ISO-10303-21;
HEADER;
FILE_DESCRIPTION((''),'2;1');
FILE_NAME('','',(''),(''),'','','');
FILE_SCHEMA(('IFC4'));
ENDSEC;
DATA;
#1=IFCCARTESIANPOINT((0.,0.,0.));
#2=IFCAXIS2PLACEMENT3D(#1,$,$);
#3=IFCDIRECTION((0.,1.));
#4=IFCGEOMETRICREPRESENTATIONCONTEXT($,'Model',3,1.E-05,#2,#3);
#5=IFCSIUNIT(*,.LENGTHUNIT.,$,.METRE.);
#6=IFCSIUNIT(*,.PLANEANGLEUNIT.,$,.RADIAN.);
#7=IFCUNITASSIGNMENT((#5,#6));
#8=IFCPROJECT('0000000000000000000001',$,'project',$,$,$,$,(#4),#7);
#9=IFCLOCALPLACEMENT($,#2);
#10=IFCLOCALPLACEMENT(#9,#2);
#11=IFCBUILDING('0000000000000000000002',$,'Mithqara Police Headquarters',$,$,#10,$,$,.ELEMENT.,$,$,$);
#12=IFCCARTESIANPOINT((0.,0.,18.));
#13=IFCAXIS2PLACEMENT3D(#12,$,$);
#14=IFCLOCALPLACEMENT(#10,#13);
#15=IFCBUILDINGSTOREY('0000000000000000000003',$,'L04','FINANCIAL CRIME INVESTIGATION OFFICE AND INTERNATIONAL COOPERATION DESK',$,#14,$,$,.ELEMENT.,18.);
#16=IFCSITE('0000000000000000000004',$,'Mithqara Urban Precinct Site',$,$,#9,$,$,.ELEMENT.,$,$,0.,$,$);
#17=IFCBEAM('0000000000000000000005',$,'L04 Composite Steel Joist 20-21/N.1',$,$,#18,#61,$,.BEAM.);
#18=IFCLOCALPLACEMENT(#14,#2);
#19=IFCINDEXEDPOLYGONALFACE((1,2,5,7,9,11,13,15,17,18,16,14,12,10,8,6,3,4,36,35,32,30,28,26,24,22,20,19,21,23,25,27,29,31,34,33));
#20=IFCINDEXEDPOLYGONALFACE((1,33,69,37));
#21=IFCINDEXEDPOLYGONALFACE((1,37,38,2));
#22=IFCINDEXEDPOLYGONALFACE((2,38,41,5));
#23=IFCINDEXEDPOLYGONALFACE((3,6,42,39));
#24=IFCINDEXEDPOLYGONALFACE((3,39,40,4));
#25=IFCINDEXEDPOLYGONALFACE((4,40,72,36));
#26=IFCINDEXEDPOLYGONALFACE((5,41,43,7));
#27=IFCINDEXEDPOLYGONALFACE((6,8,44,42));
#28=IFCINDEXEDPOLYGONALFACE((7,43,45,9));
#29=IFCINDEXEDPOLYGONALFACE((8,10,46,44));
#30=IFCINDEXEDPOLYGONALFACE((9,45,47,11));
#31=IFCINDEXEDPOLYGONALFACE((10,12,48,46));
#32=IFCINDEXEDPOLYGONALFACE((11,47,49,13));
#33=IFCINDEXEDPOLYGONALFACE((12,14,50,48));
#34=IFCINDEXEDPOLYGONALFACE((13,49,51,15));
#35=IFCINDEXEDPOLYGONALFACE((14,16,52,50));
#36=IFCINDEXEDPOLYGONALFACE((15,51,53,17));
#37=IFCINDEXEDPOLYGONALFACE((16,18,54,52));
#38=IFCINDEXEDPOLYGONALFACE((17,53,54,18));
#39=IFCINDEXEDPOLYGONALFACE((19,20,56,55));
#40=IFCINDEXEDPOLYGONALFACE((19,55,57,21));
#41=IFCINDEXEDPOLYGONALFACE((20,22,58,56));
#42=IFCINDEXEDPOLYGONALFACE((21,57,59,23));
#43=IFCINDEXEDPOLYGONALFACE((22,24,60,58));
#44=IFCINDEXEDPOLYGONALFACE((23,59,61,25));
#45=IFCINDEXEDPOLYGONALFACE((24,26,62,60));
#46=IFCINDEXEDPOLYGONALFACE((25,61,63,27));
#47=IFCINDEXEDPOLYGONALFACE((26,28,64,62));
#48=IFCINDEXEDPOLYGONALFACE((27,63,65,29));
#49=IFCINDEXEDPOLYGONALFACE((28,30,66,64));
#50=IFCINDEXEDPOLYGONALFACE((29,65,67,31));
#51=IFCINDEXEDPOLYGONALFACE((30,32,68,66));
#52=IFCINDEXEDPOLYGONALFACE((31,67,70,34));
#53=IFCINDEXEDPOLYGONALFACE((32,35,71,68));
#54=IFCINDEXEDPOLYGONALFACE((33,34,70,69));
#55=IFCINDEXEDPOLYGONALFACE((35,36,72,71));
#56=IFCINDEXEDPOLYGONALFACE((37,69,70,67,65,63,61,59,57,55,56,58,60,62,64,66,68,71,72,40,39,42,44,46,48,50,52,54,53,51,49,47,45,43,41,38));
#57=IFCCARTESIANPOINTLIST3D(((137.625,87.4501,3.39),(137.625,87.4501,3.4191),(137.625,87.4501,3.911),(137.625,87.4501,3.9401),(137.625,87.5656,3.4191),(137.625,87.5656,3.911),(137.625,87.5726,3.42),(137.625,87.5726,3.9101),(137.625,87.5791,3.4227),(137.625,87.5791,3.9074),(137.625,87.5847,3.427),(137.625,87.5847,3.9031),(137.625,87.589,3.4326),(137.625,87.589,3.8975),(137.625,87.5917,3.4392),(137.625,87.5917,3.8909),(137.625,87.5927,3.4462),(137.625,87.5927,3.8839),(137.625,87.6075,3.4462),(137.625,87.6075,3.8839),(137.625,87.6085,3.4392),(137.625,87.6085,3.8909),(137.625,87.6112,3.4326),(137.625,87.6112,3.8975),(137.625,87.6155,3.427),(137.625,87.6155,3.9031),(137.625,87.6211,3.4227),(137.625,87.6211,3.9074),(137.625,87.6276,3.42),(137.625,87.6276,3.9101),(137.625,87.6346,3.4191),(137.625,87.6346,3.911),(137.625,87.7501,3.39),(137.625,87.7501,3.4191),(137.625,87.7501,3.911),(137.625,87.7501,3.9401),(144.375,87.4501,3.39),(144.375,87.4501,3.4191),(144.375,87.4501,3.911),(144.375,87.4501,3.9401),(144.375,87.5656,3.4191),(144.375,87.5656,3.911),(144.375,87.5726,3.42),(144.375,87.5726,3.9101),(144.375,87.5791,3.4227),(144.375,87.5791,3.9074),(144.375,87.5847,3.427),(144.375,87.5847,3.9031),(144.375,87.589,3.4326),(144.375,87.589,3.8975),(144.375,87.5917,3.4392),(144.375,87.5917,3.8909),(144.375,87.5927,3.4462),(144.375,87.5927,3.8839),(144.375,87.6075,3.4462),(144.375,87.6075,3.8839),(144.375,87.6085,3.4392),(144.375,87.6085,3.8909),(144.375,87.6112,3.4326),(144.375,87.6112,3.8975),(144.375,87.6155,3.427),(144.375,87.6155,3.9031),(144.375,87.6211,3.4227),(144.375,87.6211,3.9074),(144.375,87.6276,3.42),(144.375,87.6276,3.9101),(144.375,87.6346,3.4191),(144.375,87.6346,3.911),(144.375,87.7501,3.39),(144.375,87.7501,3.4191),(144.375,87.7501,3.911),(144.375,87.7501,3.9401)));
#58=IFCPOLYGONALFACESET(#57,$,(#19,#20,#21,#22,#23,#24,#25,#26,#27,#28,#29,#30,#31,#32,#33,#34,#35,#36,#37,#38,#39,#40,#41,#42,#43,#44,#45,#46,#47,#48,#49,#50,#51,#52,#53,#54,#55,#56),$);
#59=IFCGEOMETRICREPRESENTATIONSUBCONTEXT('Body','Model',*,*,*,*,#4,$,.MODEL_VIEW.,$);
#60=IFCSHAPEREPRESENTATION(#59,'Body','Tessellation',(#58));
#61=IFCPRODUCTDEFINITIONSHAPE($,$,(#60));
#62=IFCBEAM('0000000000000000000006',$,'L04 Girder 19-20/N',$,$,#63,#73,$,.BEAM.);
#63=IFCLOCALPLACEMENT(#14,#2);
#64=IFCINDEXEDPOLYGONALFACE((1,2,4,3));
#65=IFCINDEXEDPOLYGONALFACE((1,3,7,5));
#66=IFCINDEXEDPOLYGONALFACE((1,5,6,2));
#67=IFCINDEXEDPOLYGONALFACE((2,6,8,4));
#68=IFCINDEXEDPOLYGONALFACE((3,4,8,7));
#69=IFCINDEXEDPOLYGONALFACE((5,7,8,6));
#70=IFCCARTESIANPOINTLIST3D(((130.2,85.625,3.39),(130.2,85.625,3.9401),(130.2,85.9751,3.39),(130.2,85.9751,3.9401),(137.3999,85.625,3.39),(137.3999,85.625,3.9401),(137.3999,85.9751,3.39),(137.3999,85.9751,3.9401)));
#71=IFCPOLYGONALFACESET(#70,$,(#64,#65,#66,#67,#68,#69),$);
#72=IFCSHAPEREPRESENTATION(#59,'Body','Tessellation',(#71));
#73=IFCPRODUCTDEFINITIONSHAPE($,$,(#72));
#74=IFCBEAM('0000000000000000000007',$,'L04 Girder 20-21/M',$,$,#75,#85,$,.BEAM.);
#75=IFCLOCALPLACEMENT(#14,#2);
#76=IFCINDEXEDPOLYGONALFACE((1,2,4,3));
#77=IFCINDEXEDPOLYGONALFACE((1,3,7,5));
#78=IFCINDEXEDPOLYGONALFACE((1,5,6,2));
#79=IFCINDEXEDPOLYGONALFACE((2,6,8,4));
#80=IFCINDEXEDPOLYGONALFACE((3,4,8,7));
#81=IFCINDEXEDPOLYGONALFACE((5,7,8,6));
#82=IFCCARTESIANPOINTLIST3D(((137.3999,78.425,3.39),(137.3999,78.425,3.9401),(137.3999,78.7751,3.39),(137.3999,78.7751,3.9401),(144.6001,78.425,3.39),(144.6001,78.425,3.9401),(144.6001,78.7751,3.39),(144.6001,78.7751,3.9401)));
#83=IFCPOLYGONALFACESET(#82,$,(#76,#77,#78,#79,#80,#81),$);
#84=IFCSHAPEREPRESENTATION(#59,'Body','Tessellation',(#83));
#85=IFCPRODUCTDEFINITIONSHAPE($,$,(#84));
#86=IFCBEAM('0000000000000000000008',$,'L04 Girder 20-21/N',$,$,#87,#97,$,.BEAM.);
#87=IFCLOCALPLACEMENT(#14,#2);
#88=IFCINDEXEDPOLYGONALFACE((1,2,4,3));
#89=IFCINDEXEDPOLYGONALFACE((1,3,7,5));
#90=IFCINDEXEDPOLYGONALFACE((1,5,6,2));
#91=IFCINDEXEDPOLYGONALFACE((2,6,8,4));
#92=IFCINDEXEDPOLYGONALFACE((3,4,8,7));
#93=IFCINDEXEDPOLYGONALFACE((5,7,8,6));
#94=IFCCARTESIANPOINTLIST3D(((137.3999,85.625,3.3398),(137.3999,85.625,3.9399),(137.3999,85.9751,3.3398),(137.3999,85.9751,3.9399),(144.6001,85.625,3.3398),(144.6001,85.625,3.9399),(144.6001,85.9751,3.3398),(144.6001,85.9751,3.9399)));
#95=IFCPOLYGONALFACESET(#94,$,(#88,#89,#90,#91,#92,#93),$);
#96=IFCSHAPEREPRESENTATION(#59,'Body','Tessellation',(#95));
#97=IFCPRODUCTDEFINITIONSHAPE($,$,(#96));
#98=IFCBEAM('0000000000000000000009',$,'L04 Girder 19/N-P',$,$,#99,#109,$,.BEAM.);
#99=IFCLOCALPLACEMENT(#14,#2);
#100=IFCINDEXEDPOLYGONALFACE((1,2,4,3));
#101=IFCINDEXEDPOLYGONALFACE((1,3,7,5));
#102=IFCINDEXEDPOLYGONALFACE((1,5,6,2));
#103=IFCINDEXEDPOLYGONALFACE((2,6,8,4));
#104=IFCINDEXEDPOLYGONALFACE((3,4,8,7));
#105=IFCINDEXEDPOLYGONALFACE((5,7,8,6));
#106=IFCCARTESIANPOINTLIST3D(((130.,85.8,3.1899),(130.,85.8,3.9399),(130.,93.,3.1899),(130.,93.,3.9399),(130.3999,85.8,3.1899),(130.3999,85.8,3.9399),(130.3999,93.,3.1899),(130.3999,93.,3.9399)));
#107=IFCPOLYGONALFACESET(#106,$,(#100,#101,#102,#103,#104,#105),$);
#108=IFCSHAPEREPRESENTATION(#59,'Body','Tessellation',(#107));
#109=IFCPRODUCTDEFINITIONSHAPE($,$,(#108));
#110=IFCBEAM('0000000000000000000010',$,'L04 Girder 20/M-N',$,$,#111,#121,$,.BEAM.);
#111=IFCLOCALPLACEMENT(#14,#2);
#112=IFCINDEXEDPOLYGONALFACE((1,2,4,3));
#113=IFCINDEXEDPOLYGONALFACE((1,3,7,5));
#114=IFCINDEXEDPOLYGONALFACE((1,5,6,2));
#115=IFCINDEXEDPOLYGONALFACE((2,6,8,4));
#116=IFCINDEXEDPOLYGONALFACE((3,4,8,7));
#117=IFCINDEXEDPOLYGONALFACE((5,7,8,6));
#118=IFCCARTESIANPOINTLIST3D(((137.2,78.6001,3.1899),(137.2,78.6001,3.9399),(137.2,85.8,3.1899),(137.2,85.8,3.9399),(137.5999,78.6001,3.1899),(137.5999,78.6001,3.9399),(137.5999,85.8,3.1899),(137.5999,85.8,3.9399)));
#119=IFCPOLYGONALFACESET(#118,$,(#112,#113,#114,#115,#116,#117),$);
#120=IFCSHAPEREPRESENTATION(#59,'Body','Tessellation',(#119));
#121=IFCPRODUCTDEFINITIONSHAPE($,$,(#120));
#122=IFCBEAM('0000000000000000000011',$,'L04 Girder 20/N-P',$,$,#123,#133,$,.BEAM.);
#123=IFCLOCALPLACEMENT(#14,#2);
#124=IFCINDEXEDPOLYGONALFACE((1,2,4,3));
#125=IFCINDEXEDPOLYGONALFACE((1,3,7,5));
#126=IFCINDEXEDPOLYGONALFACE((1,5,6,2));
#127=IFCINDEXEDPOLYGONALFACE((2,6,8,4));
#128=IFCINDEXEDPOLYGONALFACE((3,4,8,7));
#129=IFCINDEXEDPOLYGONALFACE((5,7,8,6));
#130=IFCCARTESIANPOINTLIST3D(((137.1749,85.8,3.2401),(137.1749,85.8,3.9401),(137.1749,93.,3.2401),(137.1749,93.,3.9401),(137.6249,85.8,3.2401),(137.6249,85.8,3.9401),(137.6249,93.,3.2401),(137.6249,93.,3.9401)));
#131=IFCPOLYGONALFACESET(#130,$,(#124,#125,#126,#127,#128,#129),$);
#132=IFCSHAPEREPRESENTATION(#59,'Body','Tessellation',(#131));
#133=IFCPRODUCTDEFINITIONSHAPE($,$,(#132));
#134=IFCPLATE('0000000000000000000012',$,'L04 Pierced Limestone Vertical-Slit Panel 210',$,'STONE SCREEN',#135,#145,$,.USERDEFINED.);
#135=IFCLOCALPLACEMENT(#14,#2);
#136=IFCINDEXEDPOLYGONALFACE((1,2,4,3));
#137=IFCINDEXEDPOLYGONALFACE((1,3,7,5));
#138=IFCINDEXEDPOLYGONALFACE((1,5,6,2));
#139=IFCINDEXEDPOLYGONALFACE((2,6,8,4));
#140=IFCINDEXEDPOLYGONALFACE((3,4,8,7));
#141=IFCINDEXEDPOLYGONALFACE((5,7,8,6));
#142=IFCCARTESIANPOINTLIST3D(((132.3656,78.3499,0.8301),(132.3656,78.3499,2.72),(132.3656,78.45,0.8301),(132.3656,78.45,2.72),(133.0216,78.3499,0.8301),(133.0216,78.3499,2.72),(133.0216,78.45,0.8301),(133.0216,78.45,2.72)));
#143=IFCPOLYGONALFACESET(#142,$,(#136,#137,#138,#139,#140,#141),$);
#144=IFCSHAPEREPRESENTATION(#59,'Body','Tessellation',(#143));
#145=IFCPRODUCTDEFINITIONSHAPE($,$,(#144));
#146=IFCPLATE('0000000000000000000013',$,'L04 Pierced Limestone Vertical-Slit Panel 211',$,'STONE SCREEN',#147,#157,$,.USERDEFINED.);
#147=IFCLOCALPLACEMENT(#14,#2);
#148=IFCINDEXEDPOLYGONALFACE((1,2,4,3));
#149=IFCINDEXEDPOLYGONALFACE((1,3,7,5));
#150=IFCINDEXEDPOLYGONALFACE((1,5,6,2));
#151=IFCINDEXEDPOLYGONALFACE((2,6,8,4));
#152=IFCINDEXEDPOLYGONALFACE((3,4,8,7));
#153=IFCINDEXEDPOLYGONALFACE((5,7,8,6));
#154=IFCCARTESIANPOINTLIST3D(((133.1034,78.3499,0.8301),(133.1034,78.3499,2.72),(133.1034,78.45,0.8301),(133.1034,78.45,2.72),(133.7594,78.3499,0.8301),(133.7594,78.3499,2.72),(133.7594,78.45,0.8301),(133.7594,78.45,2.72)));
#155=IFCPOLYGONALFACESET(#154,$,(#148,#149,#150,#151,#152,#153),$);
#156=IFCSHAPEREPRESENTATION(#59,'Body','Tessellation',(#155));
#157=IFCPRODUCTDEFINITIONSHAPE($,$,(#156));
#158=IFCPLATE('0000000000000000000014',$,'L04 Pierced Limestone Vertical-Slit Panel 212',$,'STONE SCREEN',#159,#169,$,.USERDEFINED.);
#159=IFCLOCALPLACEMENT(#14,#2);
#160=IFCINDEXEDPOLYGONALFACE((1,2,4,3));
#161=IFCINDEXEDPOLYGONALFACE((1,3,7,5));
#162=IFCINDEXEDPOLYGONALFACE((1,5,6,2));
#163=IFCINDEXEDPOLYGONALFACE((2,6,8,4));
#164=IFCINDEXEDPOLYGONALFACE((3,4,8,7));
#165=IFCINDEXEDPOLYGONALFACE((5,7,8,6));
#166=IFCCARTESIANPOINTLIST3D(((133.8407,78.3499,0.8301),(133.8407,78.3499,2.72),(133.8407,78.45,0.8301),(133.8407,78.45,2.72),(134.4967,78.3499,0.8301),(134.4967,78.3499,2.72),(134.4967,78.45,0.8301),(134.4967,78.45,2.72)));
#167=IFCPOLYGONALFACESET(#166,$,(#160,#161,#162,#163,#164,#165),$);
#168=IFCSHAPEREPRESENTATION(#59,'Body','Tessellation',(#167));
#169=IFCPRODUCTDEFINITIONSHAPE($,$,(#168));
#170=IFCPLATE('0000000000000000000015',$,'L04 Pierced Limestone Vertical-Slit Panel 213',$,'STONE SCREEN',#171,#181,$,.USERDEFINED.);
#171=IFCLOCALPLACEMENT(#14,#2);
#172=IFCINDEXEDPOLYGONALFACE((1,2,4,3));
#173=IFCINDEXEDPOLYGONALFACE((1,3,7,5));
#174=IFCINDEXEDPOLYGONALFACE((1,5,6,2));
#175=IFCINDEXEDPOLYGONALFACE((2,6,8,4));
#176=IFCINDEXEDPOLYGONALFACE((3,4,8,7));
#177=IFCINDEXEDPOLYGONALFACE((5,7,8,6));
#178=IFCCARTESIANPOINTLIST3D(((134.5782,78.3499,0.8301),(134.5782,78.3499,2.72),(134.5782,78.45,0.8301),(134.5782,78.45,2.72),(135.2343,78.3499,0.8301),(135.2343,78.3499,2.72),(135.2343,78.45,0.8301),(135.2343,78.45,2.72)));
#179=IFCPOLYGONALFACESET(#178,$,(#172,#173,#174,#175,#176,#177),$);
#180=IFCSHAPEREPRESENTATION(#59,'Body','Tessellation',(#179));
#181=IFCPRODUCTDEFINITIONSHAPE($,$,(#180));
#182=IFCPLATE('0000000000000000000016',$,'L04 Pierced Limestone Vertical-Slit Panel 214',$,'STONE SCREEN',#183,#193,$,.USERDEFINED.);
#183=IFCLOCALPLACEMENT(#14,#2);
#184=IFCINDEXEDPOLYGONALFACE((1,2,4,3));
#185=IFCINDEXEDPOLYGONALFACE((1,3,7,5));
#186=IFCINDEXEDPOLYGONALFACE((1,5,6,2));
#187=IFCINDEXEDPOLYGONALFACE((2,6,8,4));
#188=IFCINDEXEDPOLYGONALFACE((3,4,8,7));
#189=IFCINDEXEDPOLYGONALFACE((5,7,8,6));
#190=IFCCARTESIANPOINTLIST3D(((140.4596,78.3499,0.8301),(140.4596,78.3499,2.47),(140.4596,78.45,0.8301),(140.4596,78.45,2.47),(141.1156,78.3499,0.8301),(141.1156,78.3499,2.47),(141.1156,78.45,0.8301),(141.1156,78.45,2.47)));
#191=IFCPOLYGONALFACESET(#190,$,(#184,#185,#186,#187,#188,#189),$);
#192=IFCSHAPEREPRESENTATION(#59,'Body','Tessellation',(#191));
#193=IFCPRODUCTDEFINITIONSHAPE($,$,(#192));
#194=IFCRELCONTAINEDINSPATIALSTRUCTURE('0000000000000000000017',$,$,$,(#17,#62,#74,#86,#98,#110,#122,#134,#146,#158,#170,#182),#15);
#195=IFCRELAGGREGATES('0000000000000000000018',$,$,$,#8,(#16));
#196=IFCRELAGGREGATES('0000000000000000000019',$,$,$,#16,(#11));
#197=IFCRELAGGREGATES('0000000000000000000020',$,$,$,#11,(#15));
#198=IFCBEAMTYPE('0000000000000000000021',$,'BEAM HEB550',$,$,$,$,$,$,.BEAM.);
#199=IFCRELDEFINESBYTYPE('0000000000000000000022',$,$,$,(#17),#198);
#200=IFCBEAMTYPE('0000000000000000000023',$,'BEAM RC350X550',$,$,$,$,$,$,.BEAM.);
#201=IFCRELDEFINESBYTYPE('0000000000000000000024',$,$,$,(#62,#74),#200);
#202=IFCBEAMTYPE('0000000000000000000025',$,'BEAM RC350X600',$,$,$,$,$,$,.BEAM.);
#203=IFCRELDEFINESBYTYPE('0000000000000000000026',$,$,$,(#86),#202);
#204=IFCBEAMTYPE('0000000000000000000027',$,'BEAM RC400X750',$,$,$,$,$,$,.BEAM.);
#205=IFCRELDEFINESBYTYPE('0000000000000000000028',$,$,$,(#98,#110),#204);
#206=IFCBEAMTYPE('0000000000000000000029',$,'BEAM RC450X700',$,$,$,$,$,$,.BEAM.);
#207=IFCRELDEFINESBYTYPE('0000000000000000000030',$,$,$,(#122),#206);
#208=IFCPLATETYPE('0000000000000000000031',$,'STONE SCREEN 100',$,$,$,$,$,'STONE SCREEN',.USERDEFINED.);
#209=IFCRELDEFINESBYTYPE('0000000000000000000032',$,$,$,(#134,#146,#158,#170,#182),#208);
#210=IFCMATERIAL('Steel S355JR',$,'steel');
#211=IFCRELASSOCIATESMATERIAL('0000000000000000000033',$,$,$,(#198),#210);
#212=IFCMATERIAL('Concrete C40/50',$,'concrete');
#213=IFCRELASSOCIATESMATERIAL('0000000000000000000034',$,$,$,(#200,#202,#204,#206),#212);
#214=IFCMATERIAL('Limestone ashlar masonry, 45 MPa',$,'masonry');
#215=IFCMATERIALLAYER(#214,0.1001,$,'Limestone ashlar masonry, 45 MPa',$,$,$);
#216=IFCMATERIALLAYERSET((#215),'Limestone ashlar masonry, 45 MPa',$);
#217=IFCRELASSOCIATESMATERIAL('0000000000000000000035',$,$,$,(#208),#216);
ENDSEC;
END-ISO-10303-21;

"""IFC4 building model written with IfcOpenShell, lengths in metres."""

from ifc_helpers import new_model, si_unit, direction, frame, origin, origin_2d, place, context, subcontext, project, spatial, rectangle, i_section, extrude, material, layer, layer_set, material_profile, profile_set, type_object, element, save


model = new_model("IFC4")

# Units and contexts
model_context = context("Model", 3, precision=1e-05, world=origin(), true_north=direction((0.0, 1.0)))
body_context = subcontext(model_context, "Body", "Model", "MODEL_VIEW")
ifc_project = project(units=[si_unit("LENGTHUNIT", "METRE"), si_unit("PLANEANGLEUNIT", "RADIAN")], contexts=[model_context])

# Site, building, storey
site_placement = place(None, origin())
site = spatial("IfcSite", under=ifc_project, at=site_placement, Name="Mithqara Urban Precinct Site", CompositionType="ELEMENT", RefElevation=0.0)
building_placement = place(site_placement, origin())
building = spatial("IfcBuilding", under=site, at=building_placement, Name="Mithqara Police Headquarters", CompositionType="ELEMENT")
storey_placement = place(building_placement, frame((0.0, 0.0, 18.0)))
storey = spatial("IfcBuildingStorey", under=building, at=storey_placement, Name="L04", Description="FINANCIAL CRIME INVESTIGATION OFFICE AND INTERNATIONAL COOPERATION DESK", CompositionType="ELEMENT", Elevation=18.0)

# Beams
ifc_material_1 = material(Name="Steel S355JR", Category="steel")
ifc_material_profile_1 = material_profile(ifc_material_1, i_section(OverallWidth=0.3, OverallDepth=0.55, WebThickness=0.0149, FlangeThickness=0.0291, FilletRadius=0.0271, at=origin_2d()), Name="HEB 550")
ifc_profile_set_1 = profile_set([ifc_material_profile_1], Name="Steel S355JR")
beam_type_1 = type_object("IfcBeamType", Name="BEAM HEB550", PredefinedType="BEAM", material=ifc_profile_set_1)
beam_1_placement = place(storey_placement, frame((137.625, 87.6001, 3.665), z_axis=(1.0, 0.0, 0.0), x_axis=(0.0, 1.0, 0.0)))
element("IfcBeam", 1, at=beam_1_placement, inside=storey, type_object=beam_type_1, Name="L04 Composite Steel Joist 20-21/N.1", PredefinedType="BEAM", context=body_context, shape_type="SweptSolid", body=[
    extrude(i_section(OverallWidth=0.3, OverallDepth=0.55, WebThickness=0.0149, FlangeThickness=0.0291, FilletRadius=0.0271, at=origin_2d()), origin(), (0.0, 0.0, 1.0), 6.75),
])
ifc_material_2 = material(Name="Concrete C40/50", Category="concrete")
ifc_material_profile_2 = material_profile(ifc_material_2, rectangle(XDim=0.3501, YDim=0.55, at=origin_2d()), Name="RC 350x550")
ifc_profile_set_2 = profile_set([ifc_material_profile_2], Name="Concrete C40/50")
beam_type_2 = type_object("IfcBeamType", Name="BEAM RC350X550", PredefinedType="BEAM", material=ifc_profile_set_2)
beam_2_placement = place(storey_placement, frame((130.2, 85.8, 3.665), z_axis=(1.0, 0.0, 0.0), x_axis=(0.0, 1.0, 0.0)))
element("IfcBeam", 2, at=beam_2_placement, inside=storey, type_object=beam_type_2, Name="L04 Girder 19-20/N", PredefinedType="BEAM", context=body_context, shape_type="SweptSolid", body=[
    extrude(rectangle(XDim=0.3501, YDim=0.55, at=origin_2d()), origin(), (0.0, 0.0, 1.0), 7.2),
])
beam_3_placement = place(storey_placement, frame((137.3999, 78.6001, 3.665), z_axis=(1.0, 0.0, 0.0), x_axis=(0.0, 1.0, 0.0)))
element("IfcBeam", 3, at=beam_3_placement, inside=storey, type_object=beam_type_2, Name="L04 Girder 20-21/M", PredefinedType="BEAM", context=body_context, shape_type="SweptSolid", body=[
    extrude(rectangle(XDim=0.3501, YDim=0.55, at=origin_2d()), origin(), (0.0, 0.0, 1.0), 7.2002),
])
ifc_material_profile_3 = material_profile(ifc_material_2, rectangle(XDim=0.3501, YDim=0.6001, at=origin_2d()), Name="RC 350x600")
ifc_profile_set_3 = profile_set([ifc_material_profile_3], Name="Concrete C40/50")
beam_type_3 = type_object("IfcBeamType", Name="BEAM RC350X600", PredefinedType="BEAM", material=ifc_profile_set_3)
beam_4_placement = place(storey_placement, frame((137.3999, 85.8, 3.6399), z_axis=(1.0, 0.0, 0.0), x_axis=(0.0, 1.0, 0.0)))
element("IfcBeam", 4, at=beam_4_placement, inside=storey, type_object=beam_type_3, Name="L04 Girder 20-21/N", PredefinedType="BEAM", context=body_context, shape_type="SweptSolid", body=[
    extrude(rectangle(XDim=0.3501, YDim=0.6001, at=origin_2d()), origin(), (0.0, 0.0, 1.0), 7.2002),
])
ifc_material_profile_4 = material_profile(ifc_material_2, rectangle(XDim=0.3999, YDim=0.75, at=origin_2d()), Name="RC 400x750")
ifc_profile_set_4 = profile_set([ifc_material_profile_4], Name="Concrete C40/50")
beam_type_4 = type_object("IfcBeamType", Name="BEAM RC400X750", PredefinedType="BEAM", material=ifc_profile_set_4)
for number, where, z_axis, x_axis, name in (
    (5, (130.2, 85.8, 3.5649), (0.0, 1.0, 0.0), (-1.0, 0.0, 0.0), "L04 Girder 19/N-P"),
    (6, (137.3999, 78.6001, 3.5649), (0.0, 1.0, 0.0), (-1.0, 0.0, 0.0), "L04 Girder 20/M-N"),
):
    element("IfcBeam", number, at=place(storey_placement, frame(where, z_axis=z_axis, x_axis=x_axis)), inside=storey, type_object=beam_type_4, Name=name, PredefinedType="BEAM", context=body_context, shape_type="SweptSolid", body=[
        extrude(rectangle(XDim=0.3999, YDim=0.75, at=origin_2d()), origin(), (0.0, 0.0, 1.0), 7.2),
    ])
ifc_material_profile_5 = material_profile(ifc_material_2, rectangle(XDim=0.45, YDim=0.7, at=origin_2d()), Name="RC 450x700")
ifc_profile_set_5 = profile_set([ifc_material_profile_5], Name="Concrete C40/50")
beam_type_5 = type_object("IfcBeamType", Name="BEAM RC450X700", PredefinedType="BEAM", material=ifc_profile_set_5)
beam_5_placement = place(storey_placement, frame((137.3999, 85.8, 3.5901), z_axis=(0.0, 1.0, 0.0), x_axis=(-1.0, 0.0, 0.0)))
element("IfcBeam", 7, at=beam_5_placement, inside=storey, type_object=beam_type_5, Name="L04 Girder 20/N-P", PredefinedType="BEAM", context=body_context, shape_type="SweptSolid", body=[
    extrude(rectangle(XDim=0.45, YDim=0.7, at=origin_2d()), origin(), (0.0, 0.0, 1.0), 7.2),
])

# Plates
ifc_material_3 = material(Name="Limestone ashlar masonry, 45 MPa", Category="masonry")
ifc_layer_1 = layer(ifc_material_3, 0.1001, Name="Limestone ashlar masonry, 45 MPa")
ifc_layer_set_1 = layer_set([ifc_layer_1], Name="Limestone ashlar masonry, 45 MPa")
plate_type = type_object("IfcPlateType", Name="STONE SCREEN 100", ElementType="STONE SCREEN", PredefinedType="USERDEFINED", material=ifc_layer_set_1)
for number, where, z_axis, x_axis, name in (
    (8, (132.6936, 78.3999, 0.8301), (0.0, 0.0, 1.0), (1.0, 0.0, 0.0), "L04 Pierced Limestone Vertical-Slit Panel 210"),
    (9, (133.4314, 78.3999, 0.8301), (0.0, 0.0, 1.0), (1.0, 0.0, 0.0), "L04 Pierced Limestone Vertical-Slit Panel 211"),
    (10, (134.1687, 78.3999, 0.8301), (0.0, 0.0, 1.0), (1.0, 0.0, 0.0), "L04 Pierced Limestone Vertical-Slit Panel 212"),
    (11, (134.9062, 78.3999, 0.8301), (0.0, 0.0, 1.0), (1.0, 0.0, 0.0), "L04 Pierced Limestone Vertical-Slit Panel 213"),
):
    element("IfcPlate", number, at=place(storey_placement, frame(where, z_axis=z_axis, x_axis=x_axis)), inside=storey, type_object=plate_type, Name=name, ObjectType="STONE SCREEN", PredefinedType="USERDEFINED", context=body_context, shape_type="SweptSolid", body=[
        extrude(rectangle(XDim=0.656, YDim=0.1001, at=origin_2d()), origin(), (0.0, 0.0, 1.0), 1.8899),
    ])
for number, where, z_axis, x_axis, name in (
    (12, (140.7876, 78.3999, 0.8301), (0.0, 0.0, 1.0), (1.0, 0.0, 0.0), "L04 Pierced Limestone Vertical-Slit Panel 214"),
):
    element("IfcPlate", number, at=place(storey_placement, frame(where, z_axis=z_axis, x_axis=x_axis)), inside=storey, type_object=plate_type, Name=name, ObjectType="STONE SCREEN", PredefinedType="USERDEFINED", context=body_context, shape_type="SweptSolid", body=[
        extrude(rectangle(XDim=0.656, YDim=0.1001, at=origin_2d()), origin(), (0.0, 0.0, 1.0), 1.6399),
    ])

save(model, "model.ifc")
